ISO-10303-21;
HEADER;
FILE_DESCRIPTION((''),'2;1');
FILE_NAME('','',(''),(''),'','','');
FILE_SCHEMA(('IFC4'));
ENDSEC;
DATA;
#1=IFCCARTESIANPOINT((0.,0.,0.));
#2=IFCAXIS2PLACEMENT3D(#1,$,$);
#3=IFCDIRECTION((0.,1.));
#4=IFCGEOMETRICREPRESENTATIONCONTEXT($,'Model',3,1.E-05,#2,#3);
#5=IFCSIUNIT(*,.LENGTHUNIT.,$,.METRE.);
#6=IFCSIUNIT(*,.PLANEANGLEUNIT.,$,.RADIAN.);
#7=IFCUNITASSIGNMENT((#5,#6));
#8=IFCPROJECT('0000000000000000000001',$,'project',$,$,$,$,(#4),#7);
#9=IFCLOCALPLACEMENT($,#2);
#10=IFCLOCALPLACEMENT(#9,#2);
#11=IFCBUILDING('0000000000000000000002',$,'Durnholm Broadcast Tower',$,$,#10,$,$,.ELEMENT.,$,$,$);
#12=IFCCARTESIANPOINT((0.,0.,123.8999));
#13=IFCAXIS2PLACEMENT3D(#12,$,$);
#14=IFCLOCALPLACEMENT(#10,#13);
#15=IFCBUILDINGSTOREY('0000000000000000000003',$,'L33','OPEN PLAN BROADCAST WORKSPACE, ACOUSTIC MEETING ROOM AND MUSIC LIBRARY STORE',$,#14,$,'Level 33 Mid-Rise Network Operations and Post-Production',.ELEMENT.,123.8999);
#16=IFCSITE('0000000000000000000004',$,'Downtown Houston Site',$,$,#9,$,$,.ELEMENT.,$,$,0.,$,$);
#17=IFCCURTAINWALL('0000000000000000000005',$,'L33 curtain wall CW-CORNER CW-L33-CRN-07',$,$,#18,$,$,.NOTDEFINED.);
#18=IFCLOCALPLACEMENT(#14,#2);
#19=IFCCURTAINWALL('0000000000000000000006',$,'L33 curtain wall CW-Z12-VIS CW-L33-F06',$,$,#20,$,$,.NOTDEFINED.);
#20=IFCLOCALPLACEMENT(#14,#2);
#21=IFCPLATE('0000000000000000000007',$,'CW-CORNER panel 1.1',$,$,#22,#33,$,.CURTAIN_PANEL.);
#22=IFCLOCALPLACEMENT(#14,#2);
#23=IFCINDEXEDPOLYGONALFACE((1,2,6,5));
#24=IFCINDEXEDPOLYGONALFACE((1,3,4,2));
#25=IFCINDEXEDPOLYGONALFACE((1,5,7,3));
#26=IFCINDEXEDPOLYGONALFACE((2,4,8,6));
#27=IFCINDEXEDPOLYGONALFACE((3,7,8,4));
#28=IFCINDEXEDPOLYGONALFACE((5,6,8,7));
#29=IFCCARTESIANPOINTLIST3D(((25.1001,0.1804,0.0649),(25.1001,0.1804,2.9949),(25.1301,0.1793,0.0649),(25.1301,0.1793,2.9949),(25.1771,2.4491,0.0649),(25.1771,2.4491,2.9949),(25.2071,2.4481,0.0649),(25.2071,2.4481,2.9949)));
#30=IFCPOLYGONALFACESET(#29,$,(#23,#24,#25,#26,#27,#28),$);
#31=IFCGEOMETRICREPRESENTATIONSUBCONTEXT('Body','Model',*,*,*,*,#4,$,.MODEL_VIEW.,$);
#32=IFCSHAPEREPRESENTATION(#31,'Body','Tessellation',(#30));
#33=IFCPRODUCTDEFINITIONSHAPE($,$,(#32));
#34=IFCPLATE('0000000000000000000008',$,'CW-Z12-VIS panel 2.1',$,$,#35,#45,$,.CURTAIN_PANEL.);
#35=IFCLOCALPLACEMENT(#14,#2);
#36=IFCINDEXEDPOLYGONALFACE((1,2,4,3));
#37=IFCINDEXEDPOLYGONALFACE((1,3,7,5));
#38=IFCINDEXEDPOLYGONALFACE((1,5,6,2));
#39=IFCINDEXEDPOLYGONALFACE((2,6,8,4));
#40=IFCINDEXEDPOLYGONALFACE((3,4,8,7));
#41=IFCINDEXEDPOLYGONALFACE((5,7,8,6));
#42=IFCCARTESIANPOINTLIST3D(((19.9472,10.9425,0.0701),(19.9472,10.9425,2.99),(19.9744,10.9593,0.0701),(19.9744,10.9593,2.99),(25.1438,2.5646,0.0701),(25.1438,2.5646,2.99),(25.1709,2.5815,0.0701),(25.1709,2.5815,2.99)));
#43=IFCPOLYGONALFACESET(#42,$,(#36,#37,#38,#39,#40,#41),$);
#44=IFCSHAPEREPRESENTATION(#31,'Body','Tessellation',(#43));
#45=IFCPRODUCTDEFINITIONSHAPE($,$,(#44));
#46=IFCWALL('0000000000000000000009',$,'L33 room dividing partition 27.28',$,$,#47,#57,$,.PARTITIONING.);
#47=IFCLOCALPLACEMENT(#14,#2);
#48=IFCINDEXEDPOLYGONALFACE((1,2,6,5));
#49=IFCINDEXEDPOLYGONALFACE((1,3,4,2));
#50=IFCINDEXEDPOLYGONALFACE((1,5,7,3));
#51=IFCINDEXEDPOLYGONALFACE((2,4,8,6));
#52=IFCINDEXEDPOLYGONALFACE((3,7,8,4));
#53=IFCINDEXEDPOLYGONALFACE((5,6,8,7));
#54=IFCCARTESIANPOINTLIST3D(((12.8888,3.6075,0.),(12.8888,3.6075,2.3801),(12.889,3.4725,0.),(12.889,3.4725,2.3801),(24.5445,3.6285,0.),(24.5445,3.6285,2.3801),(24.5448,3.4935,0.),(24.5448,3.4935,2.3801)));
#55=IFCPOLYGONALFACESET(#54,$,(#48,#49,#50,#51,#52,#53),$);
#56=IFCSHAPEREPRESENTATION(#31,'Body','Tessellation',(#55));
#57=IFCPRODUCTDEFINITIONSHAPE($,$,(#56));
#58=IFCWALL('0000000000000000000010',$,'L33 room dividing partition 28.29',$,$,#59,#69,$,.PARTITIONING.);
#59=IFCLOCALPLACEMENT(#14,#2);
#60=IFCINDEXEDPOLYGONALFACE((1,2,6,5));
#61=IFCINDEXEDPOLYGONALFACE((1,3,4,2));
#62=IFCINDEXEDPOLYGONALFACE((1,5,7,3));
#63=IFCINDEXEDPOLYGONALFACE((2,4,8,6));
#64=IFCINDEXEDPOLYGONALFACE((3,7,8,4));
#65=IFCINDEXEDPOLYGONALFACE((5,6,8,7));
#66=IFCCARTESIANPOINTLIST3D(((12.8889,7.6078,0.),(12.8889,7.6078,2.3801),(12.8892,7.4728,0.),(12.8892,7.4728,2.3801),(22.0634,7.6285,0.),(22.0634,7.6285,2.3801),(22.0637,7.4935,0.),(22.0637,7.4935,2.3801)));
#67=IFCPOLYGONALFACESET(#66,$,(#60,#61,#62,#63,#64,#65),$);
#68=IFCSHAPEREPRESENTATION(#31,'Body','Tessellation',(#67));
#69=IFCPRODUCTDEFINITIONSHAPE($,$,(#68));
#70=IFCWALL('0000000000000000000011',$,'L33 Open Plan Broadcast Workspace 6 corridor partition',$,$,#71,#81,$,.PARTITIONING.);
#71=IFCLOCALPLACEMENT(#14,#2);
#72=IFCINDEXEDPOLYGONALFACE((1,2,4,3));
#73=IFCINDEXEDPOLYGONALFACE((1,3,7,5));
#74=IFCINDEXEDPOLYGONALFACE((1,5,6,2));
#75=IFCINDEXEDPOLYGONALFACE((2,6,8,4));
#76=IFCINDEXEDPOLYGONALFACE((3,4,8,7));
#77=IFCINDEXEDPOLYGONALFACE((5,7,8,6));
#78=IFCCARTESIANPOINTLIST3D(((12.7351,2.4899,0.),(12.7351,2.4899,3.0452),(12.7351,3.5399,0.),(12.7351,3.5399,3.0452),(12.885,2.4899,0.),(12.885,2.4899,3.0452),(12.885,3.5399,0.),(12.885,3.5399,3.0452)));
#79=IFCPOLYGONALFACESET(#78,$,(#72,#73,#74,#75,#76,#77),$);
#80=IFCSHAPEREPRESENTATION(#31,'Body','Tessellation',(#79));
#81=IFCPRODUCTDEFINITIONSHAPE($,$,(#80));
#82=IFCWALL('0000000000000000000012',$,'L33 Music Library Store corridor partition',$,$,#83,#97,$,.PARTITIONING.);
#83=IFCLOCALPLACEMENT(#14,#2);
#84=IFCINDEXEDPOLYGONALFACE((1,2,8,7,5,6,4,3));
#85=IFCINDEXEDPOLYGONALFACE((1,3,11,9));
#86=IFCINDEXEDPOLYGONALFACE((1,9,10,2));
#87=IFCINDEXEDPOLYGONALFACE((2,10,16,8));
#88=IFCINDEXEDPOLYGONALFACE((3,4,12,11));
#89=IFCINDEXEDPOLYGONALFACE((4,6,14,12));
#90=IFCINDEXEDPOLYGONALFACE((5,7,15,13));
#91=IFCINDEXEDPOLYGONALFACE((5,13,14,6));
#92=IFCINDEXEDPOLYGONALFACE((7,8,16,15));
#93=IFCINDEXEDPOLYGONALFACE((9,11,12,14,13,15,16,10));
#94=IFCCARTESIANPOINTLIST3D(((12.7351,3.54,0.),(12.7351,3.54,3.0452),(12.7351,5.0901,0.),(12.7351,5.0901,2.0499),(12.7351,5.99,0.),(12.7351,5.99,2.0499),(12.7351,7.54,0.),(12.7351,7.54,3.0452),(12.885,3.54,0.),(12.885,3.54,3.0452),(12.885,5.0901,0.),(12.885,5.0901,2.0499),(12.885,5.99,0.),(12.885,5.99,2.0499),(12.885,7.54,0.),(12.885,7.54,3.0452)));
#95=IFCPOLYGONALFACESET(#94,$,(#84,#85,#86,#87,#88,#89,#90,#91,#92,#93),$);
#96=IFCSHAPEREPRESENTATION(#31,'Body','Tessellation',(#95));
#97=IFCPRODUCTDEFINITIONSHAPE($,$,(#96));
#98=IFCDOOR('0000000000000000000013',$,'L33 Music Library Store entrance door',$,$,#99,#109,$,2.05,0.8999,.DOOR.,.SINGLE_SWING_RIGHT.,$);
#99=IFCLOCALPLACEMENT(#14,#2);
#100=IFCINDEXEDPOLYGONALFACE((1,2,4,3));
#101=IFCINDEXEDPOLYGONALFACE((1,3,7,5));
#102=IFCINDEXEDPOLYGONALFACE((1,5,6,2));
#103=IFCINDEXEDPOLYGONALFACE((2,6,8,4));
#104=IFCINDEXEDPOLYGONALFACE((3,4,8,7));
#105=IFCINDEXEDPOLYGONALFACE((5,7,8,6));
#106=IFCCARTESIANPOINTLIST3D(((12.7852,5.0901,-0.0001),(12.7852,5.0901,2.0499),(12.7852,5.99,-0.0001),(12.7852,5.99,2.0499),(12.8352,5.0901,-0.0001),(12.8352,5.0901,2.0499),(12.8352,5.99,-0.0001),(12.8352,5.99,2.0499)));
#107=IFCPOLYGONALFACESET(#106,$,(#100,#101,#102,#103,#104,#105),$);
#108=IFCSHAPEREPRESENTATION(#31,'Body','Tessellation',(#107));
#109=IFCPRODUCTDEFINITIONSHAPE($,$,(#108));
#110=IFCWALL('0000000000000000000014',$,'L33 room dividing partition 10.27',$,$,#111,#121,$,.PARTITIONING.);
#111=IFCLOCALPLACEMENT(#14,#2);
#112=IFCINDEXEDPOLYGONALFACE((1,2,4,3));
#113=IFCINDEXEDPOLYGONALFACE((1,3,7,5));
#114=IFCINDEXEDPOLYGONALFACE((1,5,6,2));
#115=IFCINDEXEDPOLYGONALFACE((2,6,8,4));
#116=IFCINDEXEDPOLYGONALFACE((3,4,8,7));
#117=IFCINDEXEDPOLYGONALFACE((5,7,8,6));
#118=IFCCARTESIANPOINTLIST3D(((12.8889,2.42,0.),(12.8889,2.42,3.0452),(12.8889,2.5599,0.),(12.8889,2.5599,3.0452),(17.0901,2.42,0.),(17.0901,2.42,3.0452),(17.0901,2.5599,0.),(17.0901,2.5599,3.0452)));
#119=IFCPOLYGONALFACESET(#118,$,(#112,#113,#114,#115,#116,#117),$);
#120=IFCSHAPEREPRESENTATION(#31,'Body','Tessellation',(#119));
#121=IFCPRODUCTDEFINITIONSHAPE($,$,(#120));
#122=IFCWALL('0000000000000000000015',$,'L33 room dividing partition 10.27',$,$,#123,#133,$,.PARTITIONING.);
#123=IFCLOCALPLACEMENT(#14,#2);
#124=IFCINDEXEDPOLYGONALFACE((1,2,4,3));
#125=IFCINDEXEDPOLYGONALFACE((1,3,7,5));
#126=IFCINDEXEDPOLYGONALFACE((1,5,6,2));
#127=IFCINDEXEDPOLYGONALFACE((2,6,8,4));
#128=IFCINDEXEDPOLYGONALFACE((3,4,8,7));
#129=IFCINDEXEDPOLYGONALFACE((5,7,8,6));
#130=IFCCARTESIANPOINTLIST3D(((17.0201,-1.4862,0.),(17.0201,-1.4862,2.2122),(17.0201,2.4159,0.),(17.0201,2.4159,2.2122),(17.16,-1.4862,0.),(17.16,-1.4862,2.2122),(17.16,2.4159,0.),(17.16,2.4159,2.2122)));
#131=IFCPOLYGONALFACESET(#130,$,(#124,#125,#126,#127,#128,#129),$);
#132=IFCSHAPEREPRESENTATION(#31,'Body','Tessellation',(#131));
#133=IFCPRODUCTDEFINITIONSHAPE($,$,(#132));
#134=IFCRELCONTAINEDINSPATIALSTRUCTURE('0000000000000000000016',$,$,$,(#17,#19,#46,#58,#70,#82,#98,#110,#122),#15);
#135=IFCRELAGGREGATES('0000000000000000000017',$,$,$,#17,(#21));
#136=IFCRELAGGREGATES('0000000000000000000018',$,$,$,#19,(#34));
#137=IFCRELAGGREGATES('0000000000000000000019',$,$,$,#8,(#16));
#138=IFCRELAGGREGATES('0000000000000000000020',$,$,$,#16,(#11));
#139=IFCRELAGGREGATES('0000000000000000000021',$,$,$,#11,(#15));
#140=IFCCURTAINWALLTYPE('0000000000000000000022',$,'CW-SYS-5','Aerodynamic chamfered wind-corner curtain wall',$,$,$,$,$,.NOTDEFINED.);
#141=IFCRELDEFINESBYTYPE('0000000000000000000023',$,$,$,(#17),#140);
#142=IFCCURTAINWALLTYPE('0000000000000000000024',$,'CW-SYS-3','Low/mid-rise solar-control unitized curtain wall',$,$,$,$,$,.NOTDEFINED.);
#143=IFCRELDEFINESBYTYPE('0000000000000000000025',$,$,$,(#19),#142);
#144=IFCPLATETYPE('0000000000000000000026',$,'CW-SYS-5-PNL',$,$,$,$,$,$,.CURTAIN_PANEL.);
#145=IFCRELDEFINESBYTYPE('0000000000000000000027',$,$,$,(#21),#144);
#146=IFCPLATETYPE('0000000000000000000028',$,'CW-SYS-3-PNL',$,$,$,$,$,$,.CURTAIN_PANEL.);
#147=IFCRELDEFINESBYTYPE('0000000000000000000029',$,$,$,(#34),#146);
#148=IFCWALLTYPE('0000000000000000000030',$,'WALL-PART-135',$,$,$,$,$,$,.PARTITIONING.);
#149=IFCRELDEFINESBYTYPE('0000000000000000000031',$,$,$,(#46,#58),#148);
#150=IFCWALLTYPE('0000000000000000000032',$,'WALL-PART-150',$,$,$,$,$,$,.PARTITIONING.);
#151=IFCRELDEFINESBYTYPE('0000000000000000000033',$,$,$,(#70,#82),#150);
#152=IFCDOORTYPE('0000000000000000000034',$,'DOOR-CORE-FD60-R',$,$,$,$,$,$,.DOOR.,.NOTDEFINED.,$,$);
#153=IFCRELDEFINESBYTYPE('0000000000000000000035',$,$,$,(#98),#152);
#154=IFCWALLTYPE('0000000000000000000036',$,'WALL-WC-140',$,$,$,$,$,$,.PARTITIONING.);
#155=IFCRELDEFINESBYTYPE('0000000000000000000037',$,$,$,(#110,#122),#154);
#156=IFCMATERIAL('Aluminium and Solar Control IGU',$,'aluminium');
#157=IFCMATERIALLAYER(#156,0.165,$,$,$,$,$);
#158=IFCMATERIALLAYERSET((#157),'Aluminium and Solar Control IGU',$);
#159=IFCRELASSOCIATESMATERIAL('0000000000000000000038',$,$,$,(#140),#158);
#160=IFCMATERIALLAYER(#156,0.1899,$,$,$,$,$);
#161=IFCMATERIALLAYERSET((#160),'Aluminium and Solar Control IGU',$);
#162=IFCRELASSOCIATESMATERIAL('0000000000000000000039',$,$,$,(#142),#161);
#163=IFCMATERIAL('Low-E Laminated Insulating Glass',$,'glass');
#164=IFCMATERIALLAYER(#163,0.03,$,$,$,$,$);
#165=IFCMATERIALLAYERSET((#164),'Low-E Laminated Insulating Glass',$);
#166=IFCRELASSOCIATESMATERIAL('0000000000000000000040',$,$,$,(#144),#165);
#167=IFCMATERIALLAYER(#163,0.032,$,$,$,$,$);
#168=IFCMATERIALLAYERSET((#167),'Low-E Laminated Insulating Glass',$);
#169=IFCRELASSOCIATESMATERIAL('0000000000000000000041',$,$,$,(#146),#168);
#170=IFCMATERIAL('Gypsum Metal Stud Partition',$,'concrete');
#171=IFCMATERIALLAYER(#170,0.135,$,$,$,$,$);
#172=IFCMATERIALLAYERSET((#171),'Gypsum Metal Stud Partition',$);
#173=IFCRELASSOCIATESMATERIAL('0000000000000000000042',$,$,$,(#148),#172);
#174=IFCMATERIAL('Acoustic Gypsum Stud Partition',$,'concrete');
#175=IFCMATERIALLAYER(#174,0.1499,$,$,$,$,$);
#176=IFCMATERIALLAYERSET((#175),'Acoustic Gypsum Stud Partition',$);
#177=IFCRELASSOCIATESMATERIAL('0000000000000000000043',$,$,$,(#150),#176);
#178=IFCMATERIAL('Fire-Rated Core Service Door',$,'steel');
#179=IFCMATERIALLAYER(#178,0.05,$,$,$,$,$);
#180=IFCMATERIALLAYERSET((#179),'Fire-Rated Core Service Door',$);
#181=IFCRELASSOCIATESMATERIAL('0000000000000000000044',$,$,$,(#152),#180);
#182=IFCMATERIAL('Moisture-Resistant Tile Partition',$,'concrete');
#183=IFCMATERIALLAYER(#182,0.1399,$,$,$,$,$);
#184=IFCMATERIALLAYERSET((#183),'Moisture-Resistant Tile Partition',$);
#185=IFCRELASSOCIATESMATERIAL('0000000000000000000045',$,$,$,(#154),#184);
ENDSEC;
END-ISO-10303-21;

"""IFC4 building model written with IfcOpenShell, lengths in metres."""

from ifc_helpers import new_model, si_unit, direction, frame, frame_2d, origin, origin_2d, place, context, subcontext, project, spatial, rectangle, extrude, source, transform, mapped, material, layer, layer_set, type_object, type_shapes, element, fill, aggregate, save


model = new_model("IFC4")

# Units and contexts
model_context = context("Model", 3, precision=1e-05, world=origin(), true_north=direction((0.0, 1.0)))
body_context = subcontext(model_context, "Body", "Model", "MODEL_VIEW")
ifc_project = project(units=[si_unit("LENGTHUNIT", "METRE"), si_unit("PLANEANGLEUNIT", "RADIAN")], contexts=[model_context])

# Site, building, storey
site_placement = place(None, origin())
site = spatial("IfcSite", under=ifc_project, at=site_placement, Name="Downtown Houston Site", CompositionType="ELEMENT", RefElevation=0.0)
building_placement = place(site_placement, origin())
building = spatial("IfcBuilding", under=site, at=building_placement, Name="Durnholm Broadcast Tower", CompositionType="ELEMENT")
storey_placement = place(building_placement, frame((0.0, 0.0, 123.8999)))
storey = spatial("IfcBuildingStorey", under=building, at=storey_placement, Name="L33", Description="OPEN PLAN BROADCAST WORKSPACE, ACOUSTIC MEETING ROOM AND MUSIC LIBRARY STORE", LongName="Level 33 Mid-Rise Network Operations and Post-Production", CompositionType="ELEMENT", Elevation=123.8999)

# Curtain walls
ifc_material_1 = material(Name="Aluminium and Solar Control IGU", Category="aluminium")
ifc_layer_1 = layer(ifc_material_1, 0.165)
ifc_layer_set_1 = layer_set([ifc_layer_1], Name="Aluminium and Solar Control IGU")
curtain_wall_type_1 = type_object("IfcCurtainWallType", Name="CW-SYS-5", Description="Aerodynamic chamfered wind-corner curtain wall", PredefinedType="NOTDEFINED", material=ifc_layer_set_1)
curtain_wall_1_placement = place(storey_placement, origin())
curtain_wall_1 = element("IfcCurtainWall", 1, at=curtain_wall_1_placement, inside=storey, type_object=curtain_wall_type_1, Name="L33 curtain wall CW-CORNER CW-L33-CRN-07", PredefinedType="NOTDEFINED")
ifc_layer_2 = layer(ifc_material_1, 0.1899)
ifc_layer_set_2 = layer_set([ifc_layer_2], Name="Aluminium and Solar Control IGU")
curtain_wall_type_2 = type_object("IfcCurtainWallType", Name="CW-SYS-3", Description="Low/mid-rise solar-control unitized curtain wall", PredefinedType="NOTDEFINED", material=ifc_layer_set_2)
curtain_wall_2_placement = place(storey_placement, origin())
curtain_wall_2 = element("IfcCurtainWall", 2, at=curtain_wall_2_placement, inside=storey, type_object=curtain_wall_type_2, Name="L33 curtain wall CW-Z12-VIS CW-L33-F06", PredefinedType="NOTDEFINED")

# Plates
ifc_material_2 = material(Name="Low-E Laminated Insulating Glass", Category="glass")
ifc_layer_3 = layer(ifc_material_2, 0.03)
ifc_layer_set_3 = layer_set([ifc_layer_3], Name="Low-E Laminated Insulating Glass")
plate_type_1 = type_object("IfcPlateType", Name="CW-SYS-5-PNL", PredefinedType="CURTAIN_PANEL", material=ifc_layer_set_3)
shared_shape_1 = source(origin(), body_context, "Body", "SweptSolid", [
    extrude(rectangle(XDim=2.27, YDim=0.03, at=origin_2d()), origin(), (0.0, 0.0, 1.0), 2.9299),
])
type_shapes(plate_type_1, [shared_shape_1])
plate_1_placement = place(storey_placement, frame((25.1536, 1.3142, 0.0649), z_axis=(0.0, 0.0, 1.0), x_axis=(-0.033917, -0.999425, 0.0)))
plate_1 = element("IfcPlate", 3, at=plate_1_placement, type_object=plate_type_1, Name="CW-CORNER panel 1.1", PredefinedType="CURTAIN_PANEL", context=body_context, shape_type="MappedRepresentation", body=[
    mapped(shared_shape_1, transform((0.0, 0.0, 0.0), x_axis=(1.0, 0.0, 0.0), y_axis=(0.0, 1.0, 0.0), z_axis=(0.0, 0.0, 1.0), scale=1.0)),
])
aggregate(curtain_wall_1, [plate_1])
ifc_layer_4 = layer(ifc_material_2, 0.032)
ifc_layer_set_4 = layer_set([ifc_layer_4], Name="Low-E Laminated Insulating Glass")
plate_type_2 = type_object("IfcPlateType", Name="CW-SYS-3-PNL", PredefinedType="CURTAIN_PANEL", material=ifc_layer_set_4)
shared_shape_2 = source(origin(), body_context, "Body", "SweptSolid", [
    extrude(rectangle(XDim=9.8586, YDim=0.032, at=origin_2d()), origin(), (0.0, 0.0, 1.0), 2.9199),
])
type_shapes(plate_type_2, [shared_shape_2])
plate_2_placement = place(storey_placement, frame((22.5591, 6.762, 0.0701), z_axis=(0.0, 0.0, 1.0), x_axis=(0.527105, -0.8498, 0.0)))
plate_2 = element("IfcPlate", 4, at=plate_2_placement, type_object=plate_type_2, Name="CW-Z12-VIS panel 2.1", PredefinedType="CURTAIN_PANEL", context=body_context, shape_type="MappedRepresentation", body=[
    mapped(shared_shape_2, transform((0.0, 0.0, 0.0), x_axis=(1.0, 0.0, 0.0), y_axis=(0.0, 1.0, 0.0), z_axis=(0.0, 0.0, 1.0), scale=1.0)),
])
aggregate(curtain_wall_2, [plate_2])

# Walls
ifc_material_3 = material(Name="Gypsum Metal Stud Partition", Category="concrete")
ifc_layer_5 = layer(ifc_material_3, 0.135)
ifc_layer_set_5 = layer_set([ifc_layer_5], Name="Gypsum Metal Stud Partition")
wall_type_1 = type_object("IfcWallType", Name="WALL-PART-135", PredefinedType="PARTITIONING", material=ifc_layer_set_5)
wall_1_placement = place(storey_placement, frame((12.8889, 3.54, 0.0), z_axis=(0.0, 0.0, 1.0), x_axis=(0.999998, 0.001801, 0.0)))
element("IfcWall", 5, at=wall_1_placement, inside=storey, type_object=wall_type_1, Name="L33 room dividing partition 27.28", PredefinedType="PARTITIONING", context=body_context, shape_type="SweptSolid", body=[
    extrude(rectangle(XDim=11.6558, YDim=0.135, at=frame_2d((5.8279, 0.0))), origin(), (0.0, 0.0, 1.0), 2.3801),
])
wall_2_placement = place(storey_placement, frame((12.8889, 7.5403, 0.0), z_axis=(0.0, 0.0, 1.0), x_axis=(0.999997, 0.002262, 0.0)))
element("IfcWall", 6, at=wall_2_placement, inside=storey, type_object=wall_type_1, Name="L33 room dividing partition 28.29", PredefinedType="PARTITIONING", context=body_context, shape_type="SweptSolid", body=[
    extrude(rectangle(XDim=9.1746, YDim=0.135, at=frame_2d((4.5874, 0.0))), origin(), (0.0, 0.0, 1.0), 2.3801),
])
ifc_material_4 = material(Name="Acoustic Gypsum Stud Partition", Category="concrete")
ifc_layer_6 = layer(ifc_material_4, 0.1499)
ifc_layer_set_6 = layer_set([ifc_layer_6], Name="Acoustic Gypsum Stud Partition")
wall_type_2 = type_object("IfcWallType", Name="WALL-PART-150", PredefinedType="PARTITIONING", material=ifc_layer_set_6)
wall_3_placement = place(storey_placement, frame((12.8101, 2.49, 0.0), z_axis=(0.0, 0.0, 1.0), x_axis=(0.0, 1.0, 0.0)))
element("IfcWall", 7, at=wall_3_placement, inside=storey, type_object=wall_type_2, Name="L33 Open Plan Broadcast Workspace 6 corridor partition", PredefinedType="PARTITIONING", context=body_context, shape_type="SweptSolid", body=[
    extrude(rectangle(XDim=1.05, YDim=0.1499, at=frame_2d((0.5249, 0.0))), origin(), (0.0, 0.0, 1.0), 3.0452),
])

# Wall, opening, door
wall_4_placement = place(storey_placement, frame((12.8101, 3.54, 0.0), z_axis=(0.0, 0.0, 1.0), x_axis=(0.0, 1.0, 0.0)))
wall_4 = element("IfcWall", 8, at=wall_4_placement, inside=storey, type_object=wall_type_2, Name="L33 Music Library Store corridor partition", PredefinedType="PARTITIONING", context=body_context, shape_type="SweptSolid", body=[
    extrude(rectangle(XDim=4.0, YDim=0.1499, at=frame_2d((2.0, 0.0))), origin(), (0.0, 0.0, 1.0), 3.0452),
])
opening_1_placement = place(wall_4_placement, frame((1.55, 0.0, 0.0)))
opening_1 = element("IfcOpeningElement", 9, at=opening_1_placement, cuts=wall_4, PredefinedType="OPENING", context=body_context, shape_type="SweptSolid", body=[
    extrude(rectangle(XDim=0.8999, YDim=2.05, at=frame_2d((0.45, 1.0249))), frame((0.0, 0.085, 0.0), z_axis=(0.0, -1.0, 0.0), x_axis=(1.0, 0.0, 0.0)), (0.0, 0.0, 1.0), 0.1699),
])
ifc_material_5 = material(Name="Fire-Rated Core Service Door", Category="steel")
ifc_layer_7 = layer(ifc_material_5, 0.05)
ifc_layer_set_7 = layer_set([ifc_layer_7], Name="Fire-Rated Core Service Door")
door_type_1 = type_object("IfcDoorType", Name="DOOR-CORE-FD60-R", OperationType="NOTDEFINED", PredefinedType="DOOR", material=ifc_layer_set_7)
shared_shape_3 = source(origin(), body_context, "Body", "SweptSolid", [
    extrude(rectangle(XDim=0.8999, YDim=2.05, at=frame_2d((0.45, 1.0249))), frame((0.0, 0.0249, 0.0), z_axis=(0.0, -1.0, 0.0), x_axis=(1.0, 0.0, 0.0)), (0.0, 0.0, 1.0), 0.05),
])
type_shapes(door_type_1, [shared_shape_3])
door_1_placement = place(opening_1_placement, origin())
door_1 = element("IfcDoor", 10, at=door_1_placement, inside=storey, type_object=door_type_1, Name="L33 Music Library Store entrance door", OperationType="SINGLE_SWING_RIGHT", OverallHeight=2.05, OverallWidth=0.8999, PredefinedType="DOOR", context=body_context, shape_type="MappedRepresentation", body=[
    mapped(shared_shape_3, transform((0.0, 0.0, 0.0), x_axis=(1.0, 0.0, 0.0), y_axis=(0.0, 1.0, 0.0), z_axis=(0.0, 0.0, 1.0), scale=1.0)),
])
fill(opening_1, door_1)

# Walls
ifc_material_6 = material(Name="Moisture-Resistant Tile Partition", Category="concrete")
ifc_layer_8 = layer(ifc_material_6, 0.1399)
ifc_layer_set_8 = layer_set([ifc_layer_8], Name="Moisture-Resistant Tile Partition")
wall_type_3 = type_object("IfcWallType", Name="WALL-WC-140", PredefinedType="PARTITIONING", material=ifc_layer_set_8)
wall_5_placement = place(storey_placement, frame((12.8889, 2.49, 0.0), z_axis=(0.0, 0.0, 1.0), x_axis=(1.0, 0.0, 0.0)))
element("IfcWall", 11, at=wall_5_placement, inside=storey, type_object=wall_type_3, Name="L33 room dividing partition 10.27", PredefinedType="PARTITIONING", context=body_context, shape_type="SweptSolid", body=[
    extrude(rectangle(XDim=4.2012, YDim=0.1399, at=frame_2d((2.1006, 0.0))), origin(), (0.0, 0.0, 1.0), 3.0452),
])
wall_6_placement = place(storey_placement, frame((17.0901, 2.416, 0.0), z_axis=(0.0, 0.0, 1.0), x_axis=(0.0, -1.0, 0.0)))
element("IfcWall", 12, at=wall_6_placement, inside=storey, type_object=wall_type_3, Name="L33 room dividing partition 10.27", PredefinedType="PARTITIONING", context=body_context, shape_type="SweptSolid", body=[
    extrude(rectangle(XDim=3.9021, YDim=0.1399, at=frame_2d((1.9512, 0.0))), origin(), (0.0, 0.0, 1.0), 2.2122),
])

save(model, "model.ifc")
